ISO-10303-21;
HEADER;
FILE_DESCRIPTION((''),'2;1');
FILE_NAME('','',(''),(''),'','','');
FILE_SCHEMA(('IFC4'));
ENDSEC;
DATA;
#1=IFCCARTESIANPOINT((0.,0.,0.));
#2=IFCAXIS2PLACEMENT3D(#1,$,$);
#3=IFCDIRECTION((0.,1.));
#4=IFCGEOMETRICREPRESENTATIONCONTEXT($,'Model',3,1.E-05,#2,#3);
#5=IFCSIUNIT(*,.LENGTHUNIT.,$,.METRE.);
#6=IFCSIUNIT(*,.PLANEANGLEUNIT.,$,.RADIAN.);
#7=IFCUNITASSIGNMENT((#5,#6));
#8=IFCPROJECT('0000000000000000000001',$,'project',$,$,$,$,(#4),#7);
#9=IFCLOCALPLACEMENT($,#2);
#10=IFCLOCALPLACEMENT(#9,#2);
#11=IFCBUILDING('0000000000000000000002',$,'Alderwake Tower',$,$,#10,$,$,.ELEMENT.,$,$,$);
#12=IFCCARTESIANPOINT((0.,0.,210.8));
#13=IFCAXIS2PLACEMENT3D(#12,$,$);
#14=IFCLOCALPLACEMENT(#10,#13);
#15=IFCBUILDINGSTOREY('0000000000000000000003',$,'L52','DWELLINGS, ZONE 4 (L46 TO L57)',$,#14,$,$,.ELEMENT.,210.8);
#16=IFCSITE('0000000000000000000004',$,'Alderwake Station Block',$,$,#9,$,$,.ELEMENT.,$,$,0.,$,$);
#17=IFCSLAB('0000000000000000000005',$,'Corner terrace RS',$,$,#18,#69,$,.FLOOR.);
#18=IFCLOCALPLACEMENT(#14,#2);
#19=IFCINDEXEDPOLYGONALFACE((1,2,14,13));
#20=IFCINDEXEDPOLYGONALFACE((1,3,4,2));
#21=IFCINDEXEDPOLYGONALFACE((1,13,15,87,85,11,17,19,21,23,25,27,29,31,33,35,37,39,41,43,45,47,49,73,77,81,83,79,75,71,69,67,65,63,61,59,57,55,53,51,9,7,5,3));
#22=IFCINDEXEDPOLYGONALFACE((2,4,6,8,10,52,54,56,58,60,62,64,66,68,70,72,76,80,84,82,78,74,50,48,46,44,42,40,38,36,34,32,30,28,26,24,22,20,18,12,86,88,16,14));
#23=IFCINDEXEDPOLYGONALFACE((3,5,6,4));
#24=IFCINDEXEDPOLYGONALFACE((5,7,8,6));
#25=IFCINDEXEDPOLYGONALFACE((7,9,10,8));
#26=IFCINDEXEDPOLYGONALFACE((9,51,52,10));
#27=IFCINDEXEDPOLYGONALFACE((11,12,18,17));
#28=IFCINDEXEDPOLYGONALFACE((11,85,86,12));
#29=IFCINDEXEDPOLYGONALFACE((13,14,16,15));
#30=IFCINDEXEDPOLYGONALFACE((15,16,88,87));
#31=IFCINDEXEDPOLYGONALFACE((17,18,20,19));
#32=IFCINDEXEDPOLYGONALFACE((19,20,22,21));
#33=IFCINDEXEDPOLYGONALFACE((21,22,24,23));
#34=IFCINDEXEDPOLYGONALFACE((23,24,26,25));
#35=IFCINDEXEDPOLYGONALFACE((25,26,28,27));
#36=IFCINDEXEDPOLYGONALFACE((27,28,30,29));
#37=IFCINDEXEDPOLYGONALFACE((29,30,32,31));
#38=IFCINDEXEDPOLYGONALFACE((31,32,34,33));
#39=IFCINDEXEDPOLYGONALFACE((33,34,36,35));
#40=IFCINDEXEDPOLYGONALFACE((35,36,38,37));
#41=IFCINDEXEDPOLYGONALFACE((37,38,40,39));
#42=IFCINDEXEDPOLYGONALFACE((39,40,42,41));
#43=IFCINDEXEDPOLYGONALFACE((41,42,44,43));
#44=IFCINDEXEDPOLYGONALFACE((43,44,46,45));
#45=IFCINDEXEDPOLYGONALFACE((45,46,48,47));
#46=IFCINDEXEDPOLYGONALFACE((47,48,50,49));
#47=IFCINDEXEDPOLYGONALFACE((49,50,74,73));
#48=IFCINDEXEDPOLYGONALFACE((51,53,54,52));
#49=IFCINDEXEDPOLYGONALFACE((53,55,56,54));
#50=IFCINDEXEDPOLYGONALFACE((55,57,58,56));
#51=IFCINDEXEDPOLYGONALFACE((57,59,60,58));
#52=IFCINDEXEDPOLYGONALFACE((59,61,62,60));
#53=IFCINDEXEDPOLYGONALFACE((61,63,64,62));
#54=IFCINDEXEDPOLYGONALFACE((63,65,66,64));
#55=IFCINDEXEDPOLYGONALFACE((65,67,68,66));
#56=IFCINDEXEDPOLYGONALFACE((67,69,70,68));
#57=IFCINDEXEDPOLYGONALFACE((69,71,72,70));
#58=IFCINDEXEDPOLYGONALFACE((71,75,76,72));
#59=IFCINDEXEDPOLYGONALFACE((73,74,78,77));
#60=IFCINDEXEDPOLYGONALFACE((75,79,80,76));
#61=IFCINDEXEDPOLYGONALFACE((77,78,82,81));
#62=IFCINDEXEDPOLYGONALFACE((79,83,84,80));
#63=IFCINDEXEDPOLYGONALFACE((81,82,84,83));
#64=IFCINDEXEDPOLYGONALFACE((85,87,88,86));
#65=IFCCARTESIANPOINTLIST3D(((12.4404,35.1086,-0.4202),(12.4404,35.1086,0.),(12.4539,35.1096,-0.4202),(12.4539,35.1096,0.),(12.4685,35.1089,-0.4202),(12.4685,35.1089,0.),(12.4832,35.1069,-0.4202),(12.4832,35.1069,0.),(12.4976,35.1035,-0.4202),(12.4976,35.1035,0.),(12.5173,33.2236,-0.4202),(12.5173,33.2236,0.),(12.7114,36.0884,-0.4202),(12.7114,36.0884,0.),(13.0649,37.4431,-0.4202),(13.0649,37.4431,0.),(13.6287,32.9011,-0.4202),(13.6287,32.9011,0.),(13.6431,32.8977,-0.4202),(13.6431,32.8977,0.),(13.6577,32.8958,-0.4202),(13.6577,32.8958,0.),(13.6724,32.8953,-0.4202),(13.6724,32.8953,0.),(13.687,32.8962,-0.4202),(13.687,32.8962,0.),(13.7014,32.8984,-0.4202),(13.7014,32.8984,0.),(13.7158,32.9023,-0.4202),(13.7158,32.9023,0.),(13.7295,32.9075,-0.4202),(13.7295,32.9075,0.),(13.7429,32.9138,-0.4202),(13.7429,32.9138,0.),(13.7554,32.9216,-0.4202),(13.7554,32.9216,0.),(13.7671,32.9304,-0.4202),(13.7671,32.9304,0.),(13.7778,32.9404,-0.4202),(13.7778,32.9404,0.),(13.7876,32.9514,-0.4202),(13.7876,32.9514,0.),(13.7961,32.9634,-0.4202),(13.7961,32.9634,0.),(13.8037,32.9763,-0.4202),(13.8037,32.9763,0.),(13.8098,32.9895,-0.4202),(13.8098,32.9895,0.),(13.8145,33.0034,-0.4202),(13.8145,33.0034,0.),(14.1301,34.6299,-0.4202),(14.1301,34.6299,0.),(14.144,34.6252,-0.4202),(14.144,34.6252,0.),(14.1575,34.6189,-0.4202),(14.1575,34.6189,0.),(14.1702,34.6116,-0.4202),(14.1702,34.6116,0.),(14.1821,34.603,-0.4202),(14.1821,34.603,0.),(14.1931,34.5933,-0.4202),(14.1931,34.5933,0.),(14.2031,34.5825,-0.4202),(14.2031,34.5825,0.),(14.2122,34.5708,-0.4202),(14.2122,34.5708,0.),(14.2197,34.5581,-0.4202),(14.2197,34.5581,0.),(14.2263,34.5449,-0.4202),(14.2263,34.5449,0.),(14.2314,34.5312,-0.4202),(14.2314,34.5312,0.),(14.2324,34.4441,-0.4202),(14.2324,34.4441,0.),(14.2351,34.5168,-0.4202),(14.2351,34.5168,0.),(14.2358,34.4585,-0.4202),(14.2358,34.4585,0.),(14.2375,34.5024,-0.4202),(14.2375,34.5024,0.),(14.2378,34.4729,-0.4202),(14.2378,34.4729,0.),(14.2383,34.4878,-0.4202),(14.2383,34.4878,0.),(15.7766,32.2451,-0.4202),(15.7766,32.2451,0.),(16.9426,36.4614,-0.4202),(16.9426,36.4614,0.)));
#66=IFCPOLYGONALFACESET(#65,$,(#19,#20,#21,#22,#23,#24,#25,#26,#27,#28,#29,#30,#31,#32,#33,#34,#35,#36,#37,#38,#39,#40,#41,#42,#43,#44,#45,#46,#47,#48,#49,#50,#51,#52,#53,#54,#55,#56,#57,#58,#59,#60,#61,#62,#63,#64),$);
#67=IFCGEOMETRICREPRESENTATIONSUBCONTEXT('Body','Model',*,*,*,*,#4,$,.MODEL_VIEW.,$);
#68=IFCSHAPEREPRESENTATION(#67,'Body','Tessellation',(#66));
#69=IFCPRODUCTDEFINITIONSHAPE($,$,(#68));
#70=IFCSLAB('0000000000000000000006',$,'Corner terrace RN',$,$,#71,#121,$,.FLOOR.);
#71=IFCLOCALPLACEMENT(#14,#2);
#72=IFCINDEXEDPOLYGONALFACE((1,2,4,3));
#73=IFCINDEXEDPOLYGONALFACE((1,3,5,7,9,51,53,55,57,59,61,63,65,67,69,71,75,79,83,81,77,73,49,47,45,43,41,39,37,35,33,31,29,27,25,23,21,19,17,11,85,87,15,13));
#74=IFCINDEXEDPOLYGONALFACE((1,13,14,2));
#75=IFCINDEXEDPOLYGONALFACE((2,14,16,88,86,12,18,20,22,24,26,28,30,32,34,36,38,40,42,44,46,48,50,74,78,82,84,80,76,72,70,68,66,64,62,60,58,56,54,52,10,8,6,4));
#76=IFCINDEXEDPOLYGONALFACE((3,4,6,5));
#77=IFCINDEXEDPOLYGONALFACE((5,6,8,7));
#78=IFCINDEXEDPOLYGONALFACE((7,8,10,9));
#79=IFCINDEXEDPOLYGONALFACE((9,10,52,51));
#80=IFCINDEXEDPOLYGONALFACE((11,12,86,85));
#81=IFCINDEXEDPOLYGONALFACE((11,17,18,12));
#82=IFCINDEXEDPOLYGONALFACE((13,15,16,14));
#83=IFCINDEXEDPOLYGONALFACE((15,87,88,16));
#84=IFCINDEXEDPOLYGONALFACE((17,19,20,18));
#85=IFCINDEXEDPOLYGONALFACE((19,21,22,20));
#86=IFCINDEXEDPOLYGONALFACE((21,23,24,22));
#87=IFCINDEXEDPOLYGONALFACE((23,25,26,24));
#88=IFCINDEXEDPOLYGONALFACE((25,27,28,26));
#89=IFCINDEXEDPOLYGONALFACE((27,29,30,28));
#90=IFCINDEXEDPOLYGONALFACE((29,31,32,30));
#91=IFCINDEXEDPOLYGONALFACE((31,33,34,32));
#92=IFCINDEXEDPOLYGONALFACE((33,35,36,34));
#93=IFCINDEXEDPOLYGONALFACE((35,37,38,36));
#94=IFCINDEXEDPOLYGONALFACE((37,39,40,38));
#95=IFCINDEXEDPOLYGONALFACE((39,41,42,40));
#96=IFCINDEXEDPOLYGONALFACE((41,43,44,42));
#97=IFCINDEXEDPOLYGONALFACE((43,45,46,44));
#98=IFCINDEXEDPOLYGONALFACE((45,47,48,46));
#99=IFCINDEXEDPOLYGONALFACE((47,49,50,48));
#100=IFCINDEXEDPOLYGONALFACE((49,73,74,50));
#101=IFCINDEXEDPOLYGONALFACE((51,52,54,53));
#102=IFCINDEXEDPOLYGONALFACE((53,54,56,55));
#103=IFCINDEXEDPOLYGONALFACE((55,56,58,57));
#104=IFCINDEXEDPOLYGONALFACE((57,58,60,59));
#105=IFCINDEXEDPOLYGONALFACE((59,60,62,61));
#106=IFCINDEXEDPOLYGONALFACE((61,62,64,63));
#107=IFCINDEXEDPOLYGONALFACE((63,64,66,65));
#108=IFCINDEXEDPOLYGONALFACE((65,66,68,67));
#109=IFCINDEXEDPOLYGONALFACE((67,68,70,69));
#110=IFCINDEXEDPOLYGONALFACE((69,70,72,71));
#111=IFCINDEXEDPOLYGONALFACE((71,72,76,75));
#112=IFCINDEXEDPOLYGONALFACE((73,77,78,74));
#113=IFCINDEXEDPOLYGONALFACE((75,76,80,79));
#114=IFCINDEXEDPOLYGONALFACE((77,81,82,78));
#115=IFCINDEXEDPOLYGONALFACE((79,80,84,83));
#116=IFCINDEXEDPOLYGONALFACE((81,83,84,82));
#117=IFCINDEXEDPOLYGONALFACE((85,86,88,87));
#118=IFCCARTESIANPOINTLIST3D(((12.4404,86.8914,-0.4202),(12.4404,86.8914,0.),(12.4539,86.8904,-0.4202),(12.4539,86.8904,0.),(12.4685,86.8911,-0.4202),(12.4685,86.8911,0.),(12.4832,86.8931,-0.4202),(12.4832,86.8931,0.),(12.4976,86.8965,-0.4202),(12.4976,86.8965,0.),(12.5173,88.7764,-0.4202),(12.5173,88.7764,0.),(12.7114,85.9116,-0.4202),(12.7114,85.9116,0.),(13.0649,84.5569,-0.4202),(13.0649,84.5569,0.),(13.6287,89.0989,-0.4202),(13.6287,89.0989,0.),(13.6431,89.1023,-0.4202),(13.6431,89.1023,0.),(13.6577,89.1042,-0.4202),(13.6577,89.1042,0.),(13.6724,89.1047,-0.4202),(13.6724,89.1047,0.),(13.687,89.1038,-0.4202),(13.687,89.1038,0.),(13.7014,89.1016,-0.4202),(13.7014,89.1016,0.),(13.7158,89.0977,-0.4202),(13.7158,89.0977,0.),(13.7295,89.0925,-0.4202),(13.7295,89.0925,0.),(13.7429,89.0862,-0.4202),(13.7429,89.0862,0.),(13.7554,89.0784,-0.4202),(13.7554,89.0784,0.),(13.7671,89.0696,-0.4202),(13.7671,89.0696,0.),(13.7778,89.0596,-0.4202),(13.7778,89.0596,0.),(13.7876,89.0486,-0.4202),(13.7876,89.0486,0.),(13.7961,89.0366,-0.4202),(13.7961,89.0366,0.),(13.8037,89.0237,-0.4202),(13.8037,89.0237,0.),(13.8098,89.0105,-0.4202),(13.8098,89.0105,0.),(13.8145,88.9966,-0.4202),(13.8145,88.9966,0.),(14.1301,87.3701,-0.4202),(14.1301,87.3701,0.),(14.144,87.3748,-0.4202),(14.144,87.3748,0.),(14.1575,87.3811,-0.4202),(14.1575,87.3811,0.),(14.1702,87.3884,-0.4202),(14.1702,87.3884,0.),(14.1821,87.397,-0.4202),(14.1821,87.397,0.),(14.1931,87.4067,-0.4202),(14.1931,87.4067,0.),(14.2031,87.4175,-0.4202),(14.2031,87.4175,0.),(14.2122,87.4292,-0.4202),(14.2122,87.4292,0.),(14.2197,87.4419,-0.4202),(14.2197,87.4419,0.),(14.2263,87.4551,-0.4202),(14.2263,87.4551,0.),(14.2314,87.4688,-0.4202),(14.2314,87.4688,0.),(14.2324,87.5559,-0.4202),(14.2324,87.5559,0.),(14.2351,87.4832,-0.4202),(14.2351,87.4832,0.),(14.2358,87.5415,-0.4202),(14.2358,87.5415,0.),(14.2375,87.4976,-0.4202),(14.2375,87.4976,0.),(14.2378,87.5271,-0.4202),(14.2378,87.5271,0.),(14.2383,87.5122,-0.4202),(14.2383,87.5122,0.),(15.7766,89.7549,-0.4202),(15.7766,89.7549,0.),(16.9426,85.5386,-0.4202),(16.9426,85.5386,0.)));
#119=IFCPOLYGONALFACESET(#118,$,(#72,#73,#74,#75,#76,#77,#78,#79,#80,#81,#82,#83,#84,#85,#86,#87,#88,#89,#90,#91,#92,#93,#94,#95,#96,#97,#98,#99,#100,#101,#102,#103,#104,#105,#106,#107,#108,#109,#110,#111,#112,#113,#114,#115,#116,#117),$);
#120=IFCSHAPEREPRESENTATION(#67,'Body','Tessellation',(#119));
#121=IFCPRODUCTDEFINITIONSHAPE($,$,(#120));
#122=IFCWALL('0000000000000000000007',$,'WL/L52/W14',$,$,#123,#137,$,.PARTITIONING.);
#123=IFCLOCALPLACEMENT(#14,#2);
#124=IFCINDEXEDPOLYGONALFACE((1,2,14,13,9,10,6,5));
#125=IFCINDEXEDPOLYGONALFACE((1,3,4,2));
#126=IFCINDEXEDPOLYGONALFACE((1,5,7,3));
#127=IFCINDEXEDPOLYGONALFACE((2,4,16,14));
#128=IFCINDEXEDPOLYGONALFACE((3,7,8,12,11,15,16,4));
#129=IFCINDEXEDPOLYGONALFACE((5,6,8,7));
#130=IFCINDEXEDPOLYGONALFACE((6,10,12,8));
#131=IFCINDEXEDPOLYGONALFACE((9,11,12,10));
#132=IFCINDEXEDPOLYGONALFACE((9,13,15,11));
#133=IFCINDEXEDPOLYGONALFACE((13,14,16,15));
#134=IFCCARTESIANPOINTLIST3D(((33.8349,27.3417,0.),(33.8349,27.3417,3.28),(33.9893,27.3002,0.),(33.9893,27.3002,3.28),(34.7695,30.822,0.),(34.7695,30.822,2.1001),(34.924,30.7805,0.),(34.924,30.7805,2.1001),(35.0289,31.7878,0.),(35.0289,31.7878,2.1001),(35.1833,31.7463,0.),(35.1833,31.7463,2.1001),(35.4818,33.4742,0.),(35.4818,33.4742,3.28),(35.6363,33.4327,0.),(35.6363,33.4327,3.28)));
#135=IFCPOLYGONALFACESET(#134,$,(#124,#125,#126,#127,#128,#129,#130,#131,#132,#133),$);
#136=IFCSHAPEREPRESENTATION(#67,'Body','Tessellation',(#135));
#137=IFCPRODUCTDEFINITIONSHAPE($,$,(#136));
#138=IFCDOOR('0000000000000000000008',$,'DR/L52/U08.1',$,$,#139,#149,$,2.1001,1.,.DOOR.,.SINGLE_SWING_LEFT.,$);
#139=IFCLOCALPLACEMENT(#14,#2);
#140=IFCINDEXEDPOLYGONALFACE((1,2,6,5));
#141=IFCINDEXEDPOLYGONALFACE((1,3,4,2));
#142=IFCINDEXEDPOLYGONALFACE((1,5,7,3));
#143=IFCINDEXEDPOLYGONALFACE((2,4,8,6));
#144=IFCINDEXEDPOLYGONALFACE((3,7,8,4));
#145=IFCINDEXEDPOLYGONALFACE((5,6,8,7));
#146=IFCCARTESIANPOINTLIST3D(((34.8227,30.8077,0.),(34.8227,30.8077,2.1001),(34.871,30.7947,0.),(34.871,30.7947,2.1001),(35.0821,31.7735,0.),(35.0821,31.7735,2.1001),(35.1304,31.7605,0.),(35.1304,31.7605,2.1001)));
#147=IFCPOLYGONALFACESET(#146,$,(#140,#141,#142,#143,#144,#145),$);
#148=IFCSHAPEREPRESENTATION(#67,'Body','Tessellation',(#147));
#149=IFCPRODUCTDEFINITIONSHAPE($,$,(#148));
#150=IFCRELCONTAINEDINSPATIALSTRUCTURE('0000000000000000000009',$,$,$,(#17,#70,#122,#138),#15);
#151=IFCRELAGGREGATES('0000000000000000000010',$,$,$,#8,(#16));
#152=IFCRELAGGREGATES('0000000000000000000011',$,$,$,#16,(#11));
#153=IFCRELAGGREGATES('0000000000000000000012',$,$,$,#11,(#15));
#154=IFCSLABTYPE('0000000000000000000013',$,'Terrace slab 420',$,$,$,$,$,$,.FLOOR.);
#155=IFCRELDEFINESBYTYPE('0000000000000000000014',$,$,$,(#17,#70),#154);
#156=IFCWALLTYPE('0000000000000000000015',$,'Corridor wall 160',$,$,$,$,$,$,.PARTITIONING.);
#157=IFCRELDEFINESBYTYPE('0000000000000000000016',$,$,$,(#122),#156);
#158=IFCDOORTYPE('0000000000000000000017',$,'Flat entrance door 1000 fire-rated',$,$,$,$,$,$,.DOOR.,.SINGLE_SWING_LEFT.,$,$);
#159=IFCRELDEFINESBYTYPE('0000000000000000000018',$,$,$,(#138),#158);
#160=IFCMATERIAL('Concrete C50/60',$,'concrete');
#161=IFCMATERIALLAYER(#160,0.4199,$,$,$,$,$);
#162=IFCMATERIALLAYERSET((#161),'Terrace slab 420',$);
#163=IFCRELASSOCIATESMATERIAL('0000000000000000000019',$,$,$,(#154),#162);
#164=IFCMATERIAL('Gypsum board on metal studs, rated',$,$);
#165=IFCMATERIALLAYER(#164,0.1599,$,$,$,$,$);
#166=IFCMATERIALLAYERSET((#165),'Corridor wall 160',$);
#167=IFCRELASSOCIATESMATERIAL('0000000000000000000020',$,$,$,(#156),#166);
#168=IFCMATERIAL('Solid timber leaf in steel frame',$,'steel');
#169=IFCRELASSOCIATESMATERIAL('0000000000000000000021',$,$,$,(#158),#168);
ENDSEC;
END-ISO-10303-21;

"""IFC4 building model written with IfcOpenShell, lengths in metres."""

from ifc_helpers import new_model, si_unit, direction, frame, frame_2d, origin, place, context, subcontext, project, spatial, polyline, rectangle, outline, extrude, material, layer, layer_set, type_object, element, fill, save


model = new_model("IFC4")

# Units and contexts
model_context = context("Model", 3, precision=1e-05, world=origin(), true_north=direction((0.0, 1.0)))
body_context = subcontext(model_context, "Body", "Model", "MODEL_VIEW")
ifc_project = project(units=[si_unit("LENGTHUNIT", "METRE"), si_unit("PLANEANGLEUNIT", "RADIAN")], contexts=[model_context])

# Site, building, storey
site_placement = place(None, origin())
site = spatial("IfcSite", under=ifc_project, at=site_placement, Name="Alderwake Station Block", CompositionType="ELEMENT", RefElevation=0.0)
building_placement = place(site_placement, origin())
building = spatial("IfcBuilding", under=site, at=building_placement, Name="Alderwake Tower", CompositionType="ELEMENT")
storey_placement = place(building_placement, frame((0.0, 0.0, 210.8)))
storey = spatial("IfcBuildingStorey", under=building, at=storey_placement, Name="L52", Description="DWELLINGS, ZONE 4 (L46 TO L57)", CompositionType="ELEMENT", Elevation=210.8)

# Slabs
ifc_material_1 = material(Name="Concrete C50/60", Category="concrete")
ifc_layer_1 = layer(ifc_material_1, 0.4199)
ifc_layer_set_1 = layer_set([ifc_layer_1], Name="Terrace slab 420")
slab_type_1 = type_object("IfcSlabType", Name="Terrace slab 420", PredefinedType="FLOOR", material=ifc_layer_set_1)
slab_1_placement = place(storey_placement, frame((0.0, 0.0, -0.4202)))
element("IfcSlab", 1, at=slab_1_placement, inside=storey, type_object=slab_type_1, Name="Corner terrace RS", PredefinedType="FLOOR", context=body_context, shape_type="SweptSolid", body=[
    extrude(outline(polyline([(15.7766, 32.2451), (12.5173, 33.2236), (13.6287, 32.9011), (13.6431, 32.8977), (13.6577, 32.8958), (13.6724, 32.8953), (13.687, 32.8962), (13.7014, 32.8984), (13.7158, 32.9023), (13.7295, 32.9075), (13.7429, 32.9138), (13.7554, 32.9216), (13.7671, 32.9304), (13.7778, 32.9404), (13.7876, 32.9514), (13.7961, 32.9634), (13.8037, 32.9763), (13.8098, 32.9895), (13.8145, 33.0034), (14.2324, 34.4441), (14.2358, 34.4585), (14.2378, 34.4729), (14.2383, 34.4878), (14.2375, 34.5024), (14.2351, 34.5168), (14.2314, 34.5312), (14.2263, 34.5449), (14.2197, 34.5581), (14.2122, 34.5708), (14.2031, 34.5825), (14.1931, 34.5933), (14.1821, 34.603), (14.1702, 34.6116), (14.1575, 34.6189), (14.144, 34.6252), (14.1301, 34.6299), (12.4976, 35.1035), (12.4832, 35.1069), (12.4685, 35.1089), (12.4539, 35.1096), (12.4404, 35.1086), (12.7114, 36.0884), (13.0649, 37.4431), (16.9426, 36.4614), (15.7766, 32.2451)])), origin(), (0.0, 0.0, 1.0), 0.4202),
])
slab_2_placement = place(storey_placement, frame((0.0, 0.0, -0.4202)))
element("IfcSlab", 2, at=slab_2_placement, inside=storey, type_object=slab_type_1, Name="Corner terrace RN", PredefinedType="FLOOR", context=body_context, shape_type="SweptSolid", body=[
    extrude(outline(polyline([(12.4404, 86.8914), (12.4539, 86.8904), (12.4685, 86.8911), (12.4832, 86.8931), (12.4976, 86.8965), (14.1301, 87.3701), (14.144, 87.3748), (14.1575, 87.3811), (14.1702, 87.3884), (14.1821, 87.397), (14.1931, 87.4067), (14.2031, 87.4175), (14.2122, 87.4292), (14.2197, 87.4419), (14.2263, 87.4551), (14.2314, 87.4688), (14.2351, 87.4832), (14.2375, 87.4976), (14.2383, 87.5122), (14.2378, 87.5271), (14.2358, 87.5415), (14.2324, 87.5559), (13.8145, 88.9966), (13.8098, 89.0105), (13.8037, 89.0237), (13.7961, 89.0366), (13.7876, 89.0486), (13.7778, 89.0596), (13.7671, 89.0696), (13.7554, 89.0784), (13.7429, 89.0862), (13.7295, 89.0925), (13.7158, 89.0977), (13.7014, 89.1016), (13.687, 89.1038), (13.6724, 89.1047), (13.6577, 89.1042), (13.6431, 89.1023), (13.6287, 89.0989), (12.5173, 88.7764), (15.7766, 89.7549), (16.9426, 85.5386), (13.0649, 84.5569), (12.7114, 85.9116), (12.4404, 86.8914)])), origin(), (0.0, 0.0, 1.0), 0.4202),
])

# Wall, opening, door
ifc_material_2 = material(Name="Gypsum board on metal studs, rated")
ifc_layer_2 = layer(ifc_material_2, 0.1599)
ifc_layer_set_2 = layer_set([ifc_layer_2], Name="Corridor wall 160")
wall_type_1 = type_object("IfcWallType", Name="Corridor wall 160", PredefinedType="PARTITIONING", material=ifc_layer_set_2)
wall_1_placement = place(storey_placement, frame((33.9121, 27.321, 0.0), z_axis=(0.0, 0.0, 1.0), x_axis=(0.259371, 0.965778, 0.0)))
wall_1 = element("IfcWall", 3, at=wall_1_placement, inside=storey, type_object=wall_type_1, Name="WL/L52/W14", PredefinedType="PARTITIONING", context=body_context, shape_type="SweptSolid", body=[
    extrude(rectangle(XDim=6.3499, YDim=0.1599, at=frame_2d((3.1748, 0.0))), origin(), (0.0, 0.0, 1.0), 3.28),
])
opening_1_placement = place(wall_1_placement, frame((3.6035, 0.0, 0.0)))
opening_1 = element("IfcOpeningElement", 4, at=opening_1_placement, cuts=wall_1, PredefinedType="OPENING", context=body_context, shape_type="SweptSolid", body=[
    extrude(rectangle(XDim=1.0, YDim=2.1001, at=frame_2d((0.5, 1.05))), frame((0.0, 0.0898, 0.0), z_axis=(0.0, -1.0, 0.0), x_axis=(1.0, 0.0, 0.0)), (0.0, 0.0, 1.0), 0.1799),
])
ifc_material_3 = material(Name="Solid timber leaf in steel frame", Category="steel")
door_type_1 = type_object("IfcDoorType", Name="Flat entrance door 1000 fire-rated", OperationType="SINGLE_SWING_LEFT", PredefinedType="DOOR", material=ifc_material_3)
door_1_placement = place(opening_1_placement, origin())
door_1 = element("IfcDoor", 5, at=door_1_placement, inside=storey, type_object=door_type_1, Name="DR/L52/U08.1", OperationType="SINGLE_SWING_LEFT", OverallHeight=2.1001, OverallWidth=1.0, PredefinedType="DOOR", context=body_context, shape_type="SweptSolid", body=[
    extrude(rectangle(XDim=1.0, YDim=2.1001, at=frame_2d((0.5, 1.05))), frame((0.0, 0.0249, 0.0), z_axis=(0.0, -1.0, 0.0), x_axis=(1.0, 0.0, 0.0)), (0.0, 0.0, 1.0), 0.05),
])
fill(opening_1, door_1)

save(model, "model.ifc")
